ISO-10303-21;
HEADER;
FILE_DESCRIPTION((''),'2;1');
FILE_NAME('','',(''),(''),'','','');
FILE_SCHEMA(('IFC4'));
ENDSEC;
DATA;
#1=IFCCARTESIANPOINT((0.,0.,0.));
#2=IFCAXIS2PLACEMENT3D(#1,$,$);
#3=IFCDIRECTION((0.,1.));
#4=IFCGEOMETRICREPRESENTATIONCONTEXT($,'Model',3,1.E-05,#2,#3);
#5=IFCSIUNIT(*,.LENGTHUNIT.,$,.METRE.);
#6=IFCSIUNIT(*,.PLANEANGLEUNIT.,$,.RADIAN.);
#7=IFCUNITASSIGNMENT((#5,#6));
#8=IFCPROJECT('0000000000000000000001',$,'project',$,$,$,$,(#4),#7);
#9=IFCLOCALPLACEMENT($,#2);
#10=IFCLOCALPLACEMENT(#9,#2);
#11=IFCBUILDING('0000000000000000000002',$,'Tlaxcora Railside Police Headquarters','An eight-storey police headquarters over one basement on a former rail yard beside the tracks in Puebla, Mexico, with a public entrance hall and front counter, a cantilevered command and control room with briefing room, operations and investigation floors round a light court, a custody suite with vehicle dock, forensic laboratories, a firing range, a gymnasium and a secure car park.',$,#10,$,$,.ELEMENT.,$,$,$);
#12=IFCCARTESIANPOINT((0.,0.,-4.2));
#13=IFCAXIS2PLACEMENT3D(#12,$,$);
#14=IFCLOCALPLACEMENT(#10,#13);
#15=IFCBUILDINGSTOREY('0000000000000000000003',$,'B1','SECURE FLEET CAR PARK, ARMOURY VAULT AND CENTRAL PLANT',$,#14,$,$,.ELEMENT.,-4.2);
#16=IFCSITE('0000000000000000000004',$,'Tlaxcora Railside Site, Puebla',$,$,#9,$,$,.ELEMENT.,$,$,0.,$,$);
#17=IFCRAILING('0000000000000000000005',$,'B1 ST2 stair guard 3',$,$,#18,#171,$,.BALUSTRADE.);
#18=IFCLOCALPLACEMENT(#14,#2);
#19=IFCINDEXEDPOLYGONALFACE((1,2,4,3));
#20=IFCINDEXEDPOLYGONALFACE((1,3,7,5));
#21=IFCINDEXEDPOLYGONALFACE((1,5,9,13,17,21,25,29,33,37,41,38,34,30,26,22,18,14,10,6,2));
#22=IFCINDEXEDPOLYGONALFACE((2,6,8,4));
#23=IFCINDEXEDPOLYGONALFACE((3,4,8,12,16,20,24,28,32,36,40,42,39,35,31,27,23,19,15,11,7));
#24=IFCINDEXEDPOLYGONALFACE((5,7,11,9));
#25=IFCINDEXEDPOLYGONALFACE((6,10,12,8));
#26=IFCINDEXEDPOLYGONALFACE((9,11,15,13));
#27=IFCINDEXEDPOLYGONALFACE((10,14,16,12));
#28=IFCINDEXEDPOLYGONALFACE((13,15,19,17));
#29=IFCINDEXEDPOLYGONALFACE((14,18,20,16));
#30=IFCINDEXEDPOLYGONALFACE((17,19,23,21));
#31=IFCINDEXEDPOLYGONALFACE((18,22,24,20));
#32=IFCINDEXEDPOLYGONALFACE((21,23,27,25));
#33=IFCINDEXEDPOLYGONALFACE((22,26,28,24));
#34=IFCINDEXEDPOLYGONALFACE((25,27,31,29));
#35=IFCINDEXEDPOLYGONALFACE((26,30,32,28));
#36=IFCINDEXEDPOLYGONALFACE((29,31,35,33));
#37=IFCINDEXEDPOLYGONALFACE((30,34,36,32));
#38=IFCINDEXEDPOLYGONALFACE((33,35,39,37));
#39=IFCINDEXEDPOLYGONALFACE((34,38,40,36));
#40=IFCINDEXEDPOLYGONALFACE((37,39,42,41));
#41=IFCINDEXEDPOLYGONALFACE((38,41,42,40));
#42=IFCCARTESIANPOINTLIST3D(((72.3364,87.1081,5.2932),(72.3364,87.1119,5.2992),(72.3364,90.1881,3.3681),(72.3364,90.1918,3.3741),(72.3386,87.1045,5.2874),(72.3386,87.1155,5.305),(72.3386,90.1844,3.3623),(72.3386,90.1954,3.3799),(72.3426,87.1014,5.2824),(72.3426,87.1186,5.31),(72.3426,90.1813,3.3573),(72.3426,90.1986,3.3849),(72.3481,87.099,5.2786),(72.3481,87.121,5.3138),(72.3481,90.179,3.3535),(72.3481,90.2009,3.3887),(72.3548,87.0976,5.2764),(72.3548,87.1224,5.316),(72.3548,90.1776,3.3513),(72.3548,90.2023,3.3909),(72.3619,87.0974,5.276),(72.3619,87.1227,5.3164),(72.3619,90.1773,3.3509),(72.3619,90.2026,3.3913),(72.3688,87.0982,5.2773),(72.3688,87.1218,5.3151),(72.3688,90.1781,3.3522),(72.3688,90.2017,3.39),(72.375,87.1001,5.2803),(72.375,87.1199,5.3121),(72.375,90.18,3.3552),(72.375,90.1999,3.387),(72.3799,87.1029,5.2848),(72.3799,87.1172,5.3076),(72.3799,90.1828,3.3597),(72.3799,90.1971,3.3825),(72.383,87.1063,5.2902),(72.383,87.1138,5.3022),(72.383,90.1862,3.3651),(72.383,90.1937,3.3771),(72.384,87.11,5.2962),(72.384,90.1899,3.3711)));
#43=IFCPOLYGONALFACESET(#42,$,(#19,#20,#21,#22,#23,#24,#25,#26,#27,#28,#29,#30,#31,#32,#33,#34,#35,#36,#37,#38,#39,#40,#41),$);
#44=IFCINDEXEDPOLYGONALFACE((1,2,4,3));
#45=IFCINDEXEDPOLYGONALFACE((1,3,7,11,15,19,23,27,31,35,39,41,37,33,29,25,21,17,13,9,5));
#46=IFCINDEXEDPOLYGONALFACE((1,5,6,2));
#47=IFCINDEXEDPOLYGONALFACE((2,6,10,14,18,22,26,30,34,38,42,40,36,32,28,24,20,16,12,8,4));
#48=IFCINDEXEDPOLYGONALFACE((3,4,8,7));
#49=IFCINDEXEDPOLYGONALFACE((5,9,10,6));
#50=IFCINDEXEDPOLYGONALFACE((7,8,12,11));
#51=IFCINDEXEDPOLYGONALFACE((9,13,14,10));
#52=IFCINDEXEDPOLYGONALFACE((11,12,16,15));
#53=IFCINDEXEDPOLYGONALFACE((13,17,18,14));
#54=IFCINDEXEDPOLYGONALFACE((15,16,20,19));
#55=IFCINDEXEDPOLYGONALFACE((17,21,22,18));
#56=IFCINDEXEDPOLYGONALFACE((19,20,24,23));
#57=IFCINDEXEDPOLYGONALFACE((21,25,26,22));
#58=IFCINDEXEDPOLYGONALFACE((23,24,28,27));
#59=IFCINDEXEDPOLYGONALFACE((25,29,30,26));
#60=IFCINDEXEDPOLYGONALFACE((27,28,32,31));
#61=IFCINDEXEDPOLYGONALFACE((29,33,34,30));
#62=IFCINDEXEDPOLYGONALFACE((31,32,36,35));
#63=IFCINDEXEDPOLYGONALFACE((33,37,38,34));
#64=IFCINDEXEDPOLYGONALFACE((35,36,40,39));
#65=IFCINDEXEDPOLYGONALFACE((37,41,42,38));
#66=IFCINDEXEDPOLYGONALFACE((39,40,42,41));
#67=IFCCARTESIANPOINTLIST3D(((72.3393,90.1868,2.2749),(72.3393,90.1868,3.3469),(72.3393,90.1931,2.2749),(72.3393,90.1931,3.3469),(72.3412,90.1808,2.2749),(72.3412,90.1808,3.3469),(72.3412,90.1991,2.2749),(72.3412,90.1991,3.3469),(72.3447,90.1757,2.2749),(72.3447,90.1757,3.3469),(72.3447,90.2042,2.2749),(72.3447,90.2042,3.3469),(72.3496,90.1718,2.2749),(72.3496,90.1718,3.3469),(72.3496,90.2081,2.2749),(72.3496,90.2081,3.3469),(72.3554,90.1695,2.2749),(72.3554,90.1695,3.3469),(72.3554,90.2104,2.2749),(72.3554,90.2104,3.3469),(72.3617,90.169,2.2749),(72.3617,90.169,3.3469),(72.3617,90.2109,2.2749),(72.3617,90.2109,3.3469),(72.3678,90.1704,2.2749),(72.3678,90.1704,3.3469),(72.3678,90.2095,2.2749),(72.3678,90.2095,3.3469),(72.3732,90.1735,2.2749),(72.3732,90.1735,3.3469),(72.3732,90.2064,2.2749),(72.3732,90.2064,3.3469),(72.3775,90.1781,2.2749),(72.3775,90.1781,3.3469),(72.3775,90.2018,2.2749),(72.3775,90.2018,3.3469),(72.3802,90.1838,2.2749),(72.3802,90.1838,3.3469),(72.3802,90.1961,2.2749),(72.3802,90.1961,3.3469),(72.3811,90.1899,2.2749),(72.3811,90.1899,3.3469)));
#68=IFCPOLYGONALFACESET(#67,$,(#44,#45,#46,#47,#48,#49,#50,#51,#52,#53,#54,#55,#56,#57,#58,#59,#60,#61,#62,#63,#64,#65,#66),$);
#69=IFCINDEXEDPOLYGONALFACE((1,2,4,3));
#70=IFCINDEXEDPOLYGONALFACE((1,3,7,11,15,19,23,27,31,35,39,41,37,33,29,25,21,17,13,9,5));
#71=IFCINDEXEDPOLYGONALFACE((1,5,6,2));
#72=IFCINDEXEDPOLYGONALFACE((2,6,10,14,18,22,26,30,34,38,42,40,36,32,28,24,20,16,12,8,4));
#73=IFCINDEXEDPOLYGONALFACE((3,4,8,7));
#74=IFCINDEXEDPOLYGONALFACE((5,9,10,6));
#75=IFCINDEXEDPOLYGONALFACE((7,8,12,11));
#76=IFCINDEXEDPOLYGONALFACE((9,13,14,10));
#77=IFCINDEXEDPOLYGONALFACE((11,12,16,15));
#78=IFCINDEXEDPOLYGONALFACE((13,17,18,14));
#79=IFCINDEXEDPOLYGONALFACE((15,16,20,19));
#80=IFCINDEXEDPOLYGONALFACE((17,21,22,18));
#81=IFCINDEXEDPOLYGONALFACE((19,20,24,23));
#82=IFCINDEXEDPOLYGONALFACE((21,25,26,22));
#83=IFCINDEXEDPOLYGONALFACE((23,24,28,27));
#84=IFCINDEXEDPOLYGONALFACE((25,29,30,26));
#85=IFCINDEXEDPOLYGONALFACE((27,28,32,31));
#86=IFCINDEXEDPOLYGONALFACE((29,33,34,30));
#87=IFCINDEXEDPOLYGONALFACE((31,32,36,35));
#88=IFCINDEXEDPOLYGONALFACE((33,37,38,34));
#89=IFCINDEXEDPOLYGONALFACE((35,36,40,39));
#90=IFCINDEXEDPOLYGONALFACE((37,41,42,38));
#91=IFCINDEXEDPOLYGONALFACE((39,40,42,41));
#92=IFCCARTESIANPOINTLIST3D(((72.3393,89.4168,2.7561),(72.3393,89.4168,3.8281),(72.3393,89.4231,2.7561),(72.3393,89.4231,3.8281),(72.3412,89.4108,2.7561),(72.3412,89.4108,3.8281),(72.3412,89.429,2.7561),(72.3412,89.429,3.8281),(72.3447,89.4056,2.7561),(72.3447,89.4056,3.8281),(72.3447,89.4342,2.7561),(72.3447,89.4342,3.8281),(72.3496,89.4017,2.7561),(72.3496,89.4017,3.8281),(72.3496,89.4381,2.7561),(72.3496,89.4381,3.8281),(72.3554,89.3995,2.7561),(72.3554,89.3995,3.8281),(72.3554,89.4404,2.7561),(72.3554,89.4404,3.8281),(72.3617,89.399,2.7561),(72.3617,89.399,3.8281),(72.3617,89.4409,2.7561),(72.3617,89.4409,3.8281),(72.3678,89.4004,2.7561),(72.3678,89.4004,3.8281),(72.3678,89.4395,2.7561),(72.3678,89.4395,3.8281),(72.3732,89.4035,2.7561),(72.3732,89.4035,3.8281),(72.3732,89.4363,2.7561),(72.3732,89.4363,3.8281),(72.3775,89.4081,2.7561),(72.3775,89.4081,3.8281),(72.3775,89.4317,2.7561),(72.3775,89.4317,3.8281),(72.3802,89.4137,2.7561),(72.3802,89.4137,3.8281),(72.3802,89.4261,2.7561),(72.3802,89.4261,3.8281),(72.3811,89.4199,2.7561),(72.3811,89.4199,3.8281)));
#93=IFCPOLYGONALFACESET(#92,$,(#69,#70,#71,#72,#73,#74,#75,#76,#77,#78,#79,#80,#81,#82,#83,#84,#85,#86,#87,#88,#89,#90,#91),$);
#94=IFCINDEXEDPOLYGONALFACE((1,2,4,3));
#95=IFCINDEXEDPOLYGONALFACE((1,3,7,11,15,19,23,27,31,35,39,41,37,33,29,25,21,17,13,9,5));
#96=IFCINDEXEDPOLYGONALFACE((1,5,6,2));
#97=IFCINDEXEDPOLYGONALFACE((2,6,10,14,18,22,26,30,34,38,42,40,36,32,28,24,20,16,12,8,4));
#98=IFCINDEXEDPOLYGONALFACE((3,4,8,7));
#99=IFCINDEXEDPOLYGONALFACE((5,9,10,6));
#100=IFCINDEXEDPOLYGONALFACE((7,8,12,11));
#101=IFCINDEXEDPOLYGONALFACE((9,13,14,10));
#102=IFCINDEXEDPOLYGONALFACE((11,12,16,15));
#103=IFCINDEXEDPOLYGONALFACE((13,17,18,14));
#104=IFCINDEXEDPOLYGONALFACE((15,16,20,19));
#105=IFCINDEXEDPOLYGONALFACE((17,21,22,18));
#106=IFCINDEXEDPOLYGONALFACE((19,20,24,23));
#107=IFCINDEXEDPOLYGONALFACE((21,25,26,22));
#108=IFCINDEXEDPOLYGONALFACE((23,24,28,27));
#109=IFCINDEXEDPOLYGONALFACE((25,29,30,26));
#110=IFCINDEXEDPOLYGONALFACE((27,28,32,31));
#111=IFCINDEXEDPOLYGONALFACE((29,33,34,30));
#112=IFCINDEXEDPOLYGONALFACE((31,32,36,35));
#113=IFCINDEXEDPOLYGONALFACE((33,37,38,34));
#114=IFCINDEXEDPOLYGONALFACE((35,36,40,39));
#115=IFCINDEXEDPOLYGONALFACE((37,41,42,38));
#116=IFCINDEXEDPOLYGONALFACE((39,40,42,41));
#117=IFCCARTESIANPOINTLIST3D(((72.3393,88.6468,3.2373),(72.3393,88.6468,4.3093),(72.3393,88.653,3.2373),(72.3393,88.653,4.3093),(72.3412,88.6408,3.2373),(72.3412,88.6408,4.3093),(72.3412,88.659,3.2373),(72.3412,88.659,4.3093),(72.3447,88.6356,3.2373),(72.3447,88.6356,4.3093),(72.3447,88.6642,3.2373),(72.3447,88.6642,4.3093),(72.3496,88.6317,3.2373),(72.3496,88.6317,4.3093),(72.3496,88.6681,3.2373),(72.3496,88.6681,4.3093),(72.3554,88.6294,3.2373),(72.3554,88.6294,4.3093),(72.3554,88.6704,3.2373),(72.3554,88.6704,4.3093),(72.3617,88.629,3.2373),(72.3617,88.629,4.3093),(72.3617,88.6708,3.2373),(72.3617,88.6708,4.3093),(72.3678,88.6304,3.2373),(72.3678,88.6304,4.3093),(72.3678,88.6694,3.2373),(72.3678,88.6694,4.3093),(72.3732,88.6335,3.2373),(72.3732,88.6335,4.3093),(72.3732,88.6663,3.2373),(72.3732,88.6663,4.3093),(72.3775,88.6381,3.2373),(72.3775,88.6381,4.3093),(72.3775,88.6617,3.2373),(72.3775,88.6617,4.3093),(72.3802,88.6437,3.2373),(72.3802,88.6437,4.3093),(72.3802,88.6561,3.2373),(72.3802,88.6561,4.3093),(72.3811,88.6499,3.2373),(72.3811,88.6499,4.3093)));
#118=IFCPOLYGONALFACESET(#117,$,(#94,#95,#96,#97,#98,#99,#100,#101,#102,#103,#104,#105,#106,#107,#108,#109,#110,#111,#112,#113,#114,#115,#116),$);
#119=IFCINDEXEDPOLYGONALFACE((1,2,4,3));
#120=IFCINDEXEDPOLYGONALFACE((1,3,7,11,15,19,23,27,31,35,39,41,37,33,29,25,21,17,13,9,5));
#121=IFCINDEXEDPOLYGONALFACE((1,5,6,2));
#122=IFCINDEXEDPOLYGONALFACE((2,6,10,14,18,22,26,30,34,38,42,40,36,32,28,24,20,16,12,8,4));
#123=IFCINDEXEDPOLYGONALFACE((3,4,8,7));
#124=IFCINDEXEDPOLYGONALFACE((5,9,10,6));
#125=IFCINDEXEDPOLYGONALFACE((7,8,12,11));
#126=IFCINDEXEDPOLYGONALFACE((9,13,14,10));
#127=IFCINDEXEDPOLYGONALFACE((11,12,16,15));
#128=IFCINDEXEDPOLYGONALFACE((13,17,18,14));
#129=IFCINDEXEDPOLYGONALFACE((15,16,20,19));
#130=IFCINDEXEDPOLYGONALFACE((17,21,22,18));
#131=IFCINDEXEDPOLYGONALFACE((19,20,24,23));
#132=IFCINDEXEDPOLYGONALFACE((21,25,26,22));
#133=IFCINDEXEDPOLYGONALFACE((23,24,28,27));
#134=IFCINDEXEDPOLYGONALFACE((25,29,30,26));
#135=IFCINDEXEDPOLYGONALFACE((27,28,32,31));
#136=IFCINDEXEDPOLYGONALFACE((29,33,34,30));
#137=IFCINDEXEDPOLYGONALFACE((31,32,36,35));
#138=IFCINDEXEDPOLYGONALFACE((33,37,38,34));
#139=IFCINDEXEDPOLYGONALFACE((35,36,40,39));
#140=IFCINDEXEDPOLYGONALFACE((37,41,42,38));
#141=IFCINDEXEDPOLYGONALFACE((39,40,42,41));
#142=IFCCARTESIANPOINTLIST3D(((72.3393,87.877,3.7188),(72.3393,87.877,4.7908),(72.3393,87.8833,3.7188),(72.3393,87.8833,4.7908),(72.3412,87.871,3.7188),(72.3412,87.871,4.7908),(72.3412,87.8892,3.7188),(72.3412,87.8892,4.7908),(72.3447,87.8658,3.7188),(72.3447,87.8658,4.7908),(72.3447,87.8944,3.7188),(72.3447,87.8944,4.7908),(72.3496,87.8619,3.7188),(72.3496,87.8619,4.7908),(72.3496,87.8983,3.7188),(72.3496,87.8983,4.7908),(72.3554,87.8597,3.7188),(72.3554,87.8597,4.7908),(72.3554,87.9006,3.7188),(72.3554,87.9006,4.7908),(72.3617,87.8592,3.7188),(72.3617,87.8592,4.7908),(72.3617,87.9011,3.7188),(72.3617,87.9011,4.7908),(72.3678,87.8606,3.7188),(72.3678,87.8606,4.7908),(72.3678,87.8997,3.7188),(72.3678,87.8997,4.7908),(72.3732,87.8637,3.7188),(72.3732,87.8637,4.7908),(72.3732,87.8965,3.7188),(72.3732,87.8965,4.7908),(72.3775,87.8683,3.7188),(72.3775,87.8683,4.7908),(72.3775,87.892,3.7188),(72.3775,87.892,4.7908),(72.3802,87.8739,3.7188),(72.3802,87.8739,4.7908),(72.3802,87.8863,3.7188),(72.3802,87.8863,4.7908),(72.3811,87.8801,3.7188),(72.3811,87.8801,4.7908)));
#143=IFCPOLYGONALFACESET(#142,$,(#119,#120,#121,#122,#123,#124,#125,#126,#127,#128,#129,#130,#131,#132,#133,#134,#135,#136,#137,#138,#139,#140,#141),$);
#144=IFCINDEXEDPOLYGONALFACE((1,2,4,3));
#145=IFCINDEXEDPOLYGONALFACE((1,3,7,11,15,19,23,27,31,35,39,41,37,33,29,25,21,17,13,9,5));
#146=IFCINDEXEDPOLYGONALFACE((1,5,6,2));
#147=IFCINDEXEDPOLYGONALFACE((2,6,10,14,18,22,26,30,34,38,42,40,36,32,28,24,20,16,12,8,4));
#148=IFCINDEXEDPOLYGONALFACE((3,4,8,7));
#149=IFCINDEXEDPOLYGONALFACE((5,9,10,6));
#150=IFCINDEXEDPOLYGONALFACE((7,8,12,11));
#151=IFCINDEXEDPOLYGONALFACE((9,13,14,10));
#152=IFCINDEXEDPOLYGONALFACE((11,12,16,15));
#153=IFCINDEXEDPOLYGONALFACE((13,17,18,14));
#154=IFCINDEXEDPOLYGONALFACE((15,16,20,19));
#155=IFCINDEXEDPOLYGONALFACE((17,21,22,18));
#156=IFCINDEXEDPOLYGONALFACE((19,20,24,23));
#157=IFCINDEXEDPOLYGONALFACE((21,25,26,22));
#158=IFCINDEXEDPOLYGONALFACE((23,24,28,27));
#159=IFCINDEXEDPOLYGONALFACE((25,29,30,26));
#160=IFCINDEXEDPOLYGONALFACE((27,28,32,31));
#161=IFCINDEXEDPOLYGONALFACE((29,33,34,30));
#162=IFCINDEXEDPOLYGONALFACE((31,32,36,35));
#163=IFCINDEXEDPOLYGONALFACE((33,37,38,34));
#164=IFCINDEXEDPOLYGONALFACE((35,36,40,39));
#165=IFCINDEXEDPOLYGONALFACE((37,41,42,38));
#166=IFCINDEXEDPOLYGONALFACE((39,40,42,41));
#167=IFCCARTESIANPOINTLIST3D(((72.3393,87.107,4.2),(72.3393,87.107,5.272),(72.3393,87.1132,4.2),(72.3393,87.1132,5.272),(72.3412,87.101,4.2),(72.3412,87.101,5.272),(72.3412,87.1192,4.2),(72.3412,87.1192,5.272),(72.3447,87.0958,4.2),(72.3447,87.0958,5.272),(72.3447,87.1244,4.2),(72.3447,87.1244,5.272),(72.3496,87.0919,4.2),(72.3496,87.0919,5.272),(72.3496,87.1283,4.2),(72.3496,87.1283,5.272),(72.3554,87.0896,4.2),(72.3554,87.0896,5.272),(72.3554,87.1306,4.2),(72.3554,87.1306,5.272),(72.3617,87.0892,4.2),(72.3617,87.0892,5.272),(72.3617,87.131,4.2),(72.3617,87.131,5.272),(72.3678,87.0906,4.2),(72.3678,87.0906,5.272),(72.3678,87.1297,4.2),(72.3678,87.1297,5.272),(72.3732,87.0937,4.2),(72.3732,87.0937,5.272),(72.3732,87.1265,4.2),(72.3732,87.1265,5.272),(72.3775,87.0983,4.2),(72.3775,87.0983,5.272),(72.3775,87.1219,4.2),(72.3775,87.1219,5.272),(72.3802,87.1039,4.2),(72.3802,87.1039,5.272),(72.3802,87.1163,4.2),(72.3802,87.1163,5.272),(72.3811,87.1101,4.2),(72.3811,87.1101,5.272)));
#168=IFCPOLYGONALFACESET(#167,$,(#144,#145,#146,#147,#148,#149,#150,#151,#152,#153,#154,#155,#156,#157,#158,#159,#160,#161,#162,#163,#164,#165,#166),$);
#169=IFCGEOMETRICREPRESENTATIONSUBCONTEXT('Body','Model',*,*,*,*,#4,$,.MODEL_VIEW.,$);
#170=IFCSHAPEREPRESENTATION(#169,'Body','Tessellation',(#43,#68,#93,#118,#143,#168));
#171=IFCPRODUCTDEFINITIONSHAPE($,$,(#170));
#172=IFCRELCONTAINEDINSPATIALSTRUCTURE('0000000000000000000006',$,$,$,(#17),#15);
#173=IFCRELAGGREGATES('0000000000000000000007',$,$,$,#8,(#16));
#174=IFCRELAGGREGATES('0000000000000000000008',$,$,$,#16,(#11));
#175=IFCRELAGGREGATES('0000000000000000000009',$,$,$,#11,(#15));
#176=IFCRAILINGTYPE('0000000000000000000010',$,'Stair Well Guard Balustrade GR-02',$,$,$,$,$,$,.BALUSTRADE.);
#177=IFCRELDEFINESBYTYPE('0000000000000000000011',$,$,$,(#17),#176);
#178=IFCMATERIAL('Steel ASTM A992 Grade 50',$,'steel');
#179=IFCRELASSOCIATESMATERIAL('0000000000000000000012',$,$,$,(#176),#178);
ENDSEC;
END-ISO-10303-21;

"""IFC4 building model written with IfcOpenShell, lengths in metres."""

from ifc_helpers import new_model, si_unit, direction, frame, origin, origin_2d, place, context, subcontext, project, spatial, circle, extrude, material, type_object, element, save


model = new_model("IFC4")

# Units and contexts
model_context = context("Model", 3, precision=1e-05, world=origin(), true_north=direction((0.0, 1.0)))
body_context = subcontext(model_context, "Body", "Model", "MODEL_VIEW")
ifc_project = project(units=[si_unit("LENGTHUNIT", "METRE"), si_unit("PLANEANGLEUNIT", "RADIAN")], contexts=[model_context])

# Site, building, storey
site_placement = place(None, origin())
site = spatial("IfcSite", under=ifc_project, at=site_placement, Name="Tlaxcora Railside Site, Puebla", CompositionType="ELEMENT", RefElevation=0.0)
building_placement = place(site_placement, origin())
building = spatial("IfcBuilding", under=site, at=building_placement, Name="Tlaxcora Railside Police Headquarters", Description="An eight-storey police headquarters over one basement on a former rail yard beside the tracks in Puebla, Mexico, with a public entrance hall and front counter, a cantilevered command and control room with briefing room, operations and investigation floors round a light court, a custody suite with vehicle dock, forensic laboratories, a firing range, a gymnasium and a secure car park.", CompositionType="ELEMENT")
storey_placement = place(building_placement, frame((0.0, 0.0, -4.2)))
storey = spatial("IfcBuildingStorey", under=building, at=storey_placement, Name="B1", Description="SECURE FLEET CAR PARK, ARMOURY VAULT AND CENTRAL PLANT", CompositionType="ELEMENT", Elevation=-4.2)

# Shared definitions
ifc_material_1 = material(Name="Steel ASTM A992 Grade 50", Category="steel")

# Railing
railing_type_1 = type_object("IfcRailingType", Name="Stair Well Guard Balustrade GR-02", PredefinedType="BALUSTRADE", material=ifc_material_1)
railing_1_placement = place(storey_placement, frame((72.3601, 90.1899, 2.2749)))
element("IfcRailing", 1, at=railing_1_placement, inside=storey, type_object=railing_type_1, Name="B1 ST2 stair guard 3", PredefinedType="BALUSTRADE", context=body_context, shape_type="SweptSolid", body=[
    extrude(circle(Radius=0.0239, at=origin_2d()), frame((0.0, 0.0, 1.0962), z_axis=(0.0, -0.847979, 0.530029), x_axis=(1.0, 0.0, 0.0)), (0.0, 0.0, 1.0), 3.6321),
    extrude(circle(Radius=0.021, at=origin_2d()), origin(), (0.0, 0.0, 1.0), 1.072),
    extrude(circle(Radius=0.021, at=origin_2d()), frame((0.0, -0.77, 0.4812)), (0.0, 0.0, 1.0), 1.072),
    extrude(circle(Radius=0.021, at=origin_2d()), frame((0.0, -1.54, 0.9624)), (0.0, 0.0, 1.0), 1.072),
    extrude(circle(Radius=0.021, at=origin_2d()), frame((0.0, -2.3098, 1.4438)), (0.0, 0.0, 1.0), 1.072),
    extrude(circle(Radius=0.021, at=origin_2d()), frame((0.0, -3.0798, 1.925)), (0.0, 0.0, 1.0), 1.072),
])

save(model, "model.ifc")
